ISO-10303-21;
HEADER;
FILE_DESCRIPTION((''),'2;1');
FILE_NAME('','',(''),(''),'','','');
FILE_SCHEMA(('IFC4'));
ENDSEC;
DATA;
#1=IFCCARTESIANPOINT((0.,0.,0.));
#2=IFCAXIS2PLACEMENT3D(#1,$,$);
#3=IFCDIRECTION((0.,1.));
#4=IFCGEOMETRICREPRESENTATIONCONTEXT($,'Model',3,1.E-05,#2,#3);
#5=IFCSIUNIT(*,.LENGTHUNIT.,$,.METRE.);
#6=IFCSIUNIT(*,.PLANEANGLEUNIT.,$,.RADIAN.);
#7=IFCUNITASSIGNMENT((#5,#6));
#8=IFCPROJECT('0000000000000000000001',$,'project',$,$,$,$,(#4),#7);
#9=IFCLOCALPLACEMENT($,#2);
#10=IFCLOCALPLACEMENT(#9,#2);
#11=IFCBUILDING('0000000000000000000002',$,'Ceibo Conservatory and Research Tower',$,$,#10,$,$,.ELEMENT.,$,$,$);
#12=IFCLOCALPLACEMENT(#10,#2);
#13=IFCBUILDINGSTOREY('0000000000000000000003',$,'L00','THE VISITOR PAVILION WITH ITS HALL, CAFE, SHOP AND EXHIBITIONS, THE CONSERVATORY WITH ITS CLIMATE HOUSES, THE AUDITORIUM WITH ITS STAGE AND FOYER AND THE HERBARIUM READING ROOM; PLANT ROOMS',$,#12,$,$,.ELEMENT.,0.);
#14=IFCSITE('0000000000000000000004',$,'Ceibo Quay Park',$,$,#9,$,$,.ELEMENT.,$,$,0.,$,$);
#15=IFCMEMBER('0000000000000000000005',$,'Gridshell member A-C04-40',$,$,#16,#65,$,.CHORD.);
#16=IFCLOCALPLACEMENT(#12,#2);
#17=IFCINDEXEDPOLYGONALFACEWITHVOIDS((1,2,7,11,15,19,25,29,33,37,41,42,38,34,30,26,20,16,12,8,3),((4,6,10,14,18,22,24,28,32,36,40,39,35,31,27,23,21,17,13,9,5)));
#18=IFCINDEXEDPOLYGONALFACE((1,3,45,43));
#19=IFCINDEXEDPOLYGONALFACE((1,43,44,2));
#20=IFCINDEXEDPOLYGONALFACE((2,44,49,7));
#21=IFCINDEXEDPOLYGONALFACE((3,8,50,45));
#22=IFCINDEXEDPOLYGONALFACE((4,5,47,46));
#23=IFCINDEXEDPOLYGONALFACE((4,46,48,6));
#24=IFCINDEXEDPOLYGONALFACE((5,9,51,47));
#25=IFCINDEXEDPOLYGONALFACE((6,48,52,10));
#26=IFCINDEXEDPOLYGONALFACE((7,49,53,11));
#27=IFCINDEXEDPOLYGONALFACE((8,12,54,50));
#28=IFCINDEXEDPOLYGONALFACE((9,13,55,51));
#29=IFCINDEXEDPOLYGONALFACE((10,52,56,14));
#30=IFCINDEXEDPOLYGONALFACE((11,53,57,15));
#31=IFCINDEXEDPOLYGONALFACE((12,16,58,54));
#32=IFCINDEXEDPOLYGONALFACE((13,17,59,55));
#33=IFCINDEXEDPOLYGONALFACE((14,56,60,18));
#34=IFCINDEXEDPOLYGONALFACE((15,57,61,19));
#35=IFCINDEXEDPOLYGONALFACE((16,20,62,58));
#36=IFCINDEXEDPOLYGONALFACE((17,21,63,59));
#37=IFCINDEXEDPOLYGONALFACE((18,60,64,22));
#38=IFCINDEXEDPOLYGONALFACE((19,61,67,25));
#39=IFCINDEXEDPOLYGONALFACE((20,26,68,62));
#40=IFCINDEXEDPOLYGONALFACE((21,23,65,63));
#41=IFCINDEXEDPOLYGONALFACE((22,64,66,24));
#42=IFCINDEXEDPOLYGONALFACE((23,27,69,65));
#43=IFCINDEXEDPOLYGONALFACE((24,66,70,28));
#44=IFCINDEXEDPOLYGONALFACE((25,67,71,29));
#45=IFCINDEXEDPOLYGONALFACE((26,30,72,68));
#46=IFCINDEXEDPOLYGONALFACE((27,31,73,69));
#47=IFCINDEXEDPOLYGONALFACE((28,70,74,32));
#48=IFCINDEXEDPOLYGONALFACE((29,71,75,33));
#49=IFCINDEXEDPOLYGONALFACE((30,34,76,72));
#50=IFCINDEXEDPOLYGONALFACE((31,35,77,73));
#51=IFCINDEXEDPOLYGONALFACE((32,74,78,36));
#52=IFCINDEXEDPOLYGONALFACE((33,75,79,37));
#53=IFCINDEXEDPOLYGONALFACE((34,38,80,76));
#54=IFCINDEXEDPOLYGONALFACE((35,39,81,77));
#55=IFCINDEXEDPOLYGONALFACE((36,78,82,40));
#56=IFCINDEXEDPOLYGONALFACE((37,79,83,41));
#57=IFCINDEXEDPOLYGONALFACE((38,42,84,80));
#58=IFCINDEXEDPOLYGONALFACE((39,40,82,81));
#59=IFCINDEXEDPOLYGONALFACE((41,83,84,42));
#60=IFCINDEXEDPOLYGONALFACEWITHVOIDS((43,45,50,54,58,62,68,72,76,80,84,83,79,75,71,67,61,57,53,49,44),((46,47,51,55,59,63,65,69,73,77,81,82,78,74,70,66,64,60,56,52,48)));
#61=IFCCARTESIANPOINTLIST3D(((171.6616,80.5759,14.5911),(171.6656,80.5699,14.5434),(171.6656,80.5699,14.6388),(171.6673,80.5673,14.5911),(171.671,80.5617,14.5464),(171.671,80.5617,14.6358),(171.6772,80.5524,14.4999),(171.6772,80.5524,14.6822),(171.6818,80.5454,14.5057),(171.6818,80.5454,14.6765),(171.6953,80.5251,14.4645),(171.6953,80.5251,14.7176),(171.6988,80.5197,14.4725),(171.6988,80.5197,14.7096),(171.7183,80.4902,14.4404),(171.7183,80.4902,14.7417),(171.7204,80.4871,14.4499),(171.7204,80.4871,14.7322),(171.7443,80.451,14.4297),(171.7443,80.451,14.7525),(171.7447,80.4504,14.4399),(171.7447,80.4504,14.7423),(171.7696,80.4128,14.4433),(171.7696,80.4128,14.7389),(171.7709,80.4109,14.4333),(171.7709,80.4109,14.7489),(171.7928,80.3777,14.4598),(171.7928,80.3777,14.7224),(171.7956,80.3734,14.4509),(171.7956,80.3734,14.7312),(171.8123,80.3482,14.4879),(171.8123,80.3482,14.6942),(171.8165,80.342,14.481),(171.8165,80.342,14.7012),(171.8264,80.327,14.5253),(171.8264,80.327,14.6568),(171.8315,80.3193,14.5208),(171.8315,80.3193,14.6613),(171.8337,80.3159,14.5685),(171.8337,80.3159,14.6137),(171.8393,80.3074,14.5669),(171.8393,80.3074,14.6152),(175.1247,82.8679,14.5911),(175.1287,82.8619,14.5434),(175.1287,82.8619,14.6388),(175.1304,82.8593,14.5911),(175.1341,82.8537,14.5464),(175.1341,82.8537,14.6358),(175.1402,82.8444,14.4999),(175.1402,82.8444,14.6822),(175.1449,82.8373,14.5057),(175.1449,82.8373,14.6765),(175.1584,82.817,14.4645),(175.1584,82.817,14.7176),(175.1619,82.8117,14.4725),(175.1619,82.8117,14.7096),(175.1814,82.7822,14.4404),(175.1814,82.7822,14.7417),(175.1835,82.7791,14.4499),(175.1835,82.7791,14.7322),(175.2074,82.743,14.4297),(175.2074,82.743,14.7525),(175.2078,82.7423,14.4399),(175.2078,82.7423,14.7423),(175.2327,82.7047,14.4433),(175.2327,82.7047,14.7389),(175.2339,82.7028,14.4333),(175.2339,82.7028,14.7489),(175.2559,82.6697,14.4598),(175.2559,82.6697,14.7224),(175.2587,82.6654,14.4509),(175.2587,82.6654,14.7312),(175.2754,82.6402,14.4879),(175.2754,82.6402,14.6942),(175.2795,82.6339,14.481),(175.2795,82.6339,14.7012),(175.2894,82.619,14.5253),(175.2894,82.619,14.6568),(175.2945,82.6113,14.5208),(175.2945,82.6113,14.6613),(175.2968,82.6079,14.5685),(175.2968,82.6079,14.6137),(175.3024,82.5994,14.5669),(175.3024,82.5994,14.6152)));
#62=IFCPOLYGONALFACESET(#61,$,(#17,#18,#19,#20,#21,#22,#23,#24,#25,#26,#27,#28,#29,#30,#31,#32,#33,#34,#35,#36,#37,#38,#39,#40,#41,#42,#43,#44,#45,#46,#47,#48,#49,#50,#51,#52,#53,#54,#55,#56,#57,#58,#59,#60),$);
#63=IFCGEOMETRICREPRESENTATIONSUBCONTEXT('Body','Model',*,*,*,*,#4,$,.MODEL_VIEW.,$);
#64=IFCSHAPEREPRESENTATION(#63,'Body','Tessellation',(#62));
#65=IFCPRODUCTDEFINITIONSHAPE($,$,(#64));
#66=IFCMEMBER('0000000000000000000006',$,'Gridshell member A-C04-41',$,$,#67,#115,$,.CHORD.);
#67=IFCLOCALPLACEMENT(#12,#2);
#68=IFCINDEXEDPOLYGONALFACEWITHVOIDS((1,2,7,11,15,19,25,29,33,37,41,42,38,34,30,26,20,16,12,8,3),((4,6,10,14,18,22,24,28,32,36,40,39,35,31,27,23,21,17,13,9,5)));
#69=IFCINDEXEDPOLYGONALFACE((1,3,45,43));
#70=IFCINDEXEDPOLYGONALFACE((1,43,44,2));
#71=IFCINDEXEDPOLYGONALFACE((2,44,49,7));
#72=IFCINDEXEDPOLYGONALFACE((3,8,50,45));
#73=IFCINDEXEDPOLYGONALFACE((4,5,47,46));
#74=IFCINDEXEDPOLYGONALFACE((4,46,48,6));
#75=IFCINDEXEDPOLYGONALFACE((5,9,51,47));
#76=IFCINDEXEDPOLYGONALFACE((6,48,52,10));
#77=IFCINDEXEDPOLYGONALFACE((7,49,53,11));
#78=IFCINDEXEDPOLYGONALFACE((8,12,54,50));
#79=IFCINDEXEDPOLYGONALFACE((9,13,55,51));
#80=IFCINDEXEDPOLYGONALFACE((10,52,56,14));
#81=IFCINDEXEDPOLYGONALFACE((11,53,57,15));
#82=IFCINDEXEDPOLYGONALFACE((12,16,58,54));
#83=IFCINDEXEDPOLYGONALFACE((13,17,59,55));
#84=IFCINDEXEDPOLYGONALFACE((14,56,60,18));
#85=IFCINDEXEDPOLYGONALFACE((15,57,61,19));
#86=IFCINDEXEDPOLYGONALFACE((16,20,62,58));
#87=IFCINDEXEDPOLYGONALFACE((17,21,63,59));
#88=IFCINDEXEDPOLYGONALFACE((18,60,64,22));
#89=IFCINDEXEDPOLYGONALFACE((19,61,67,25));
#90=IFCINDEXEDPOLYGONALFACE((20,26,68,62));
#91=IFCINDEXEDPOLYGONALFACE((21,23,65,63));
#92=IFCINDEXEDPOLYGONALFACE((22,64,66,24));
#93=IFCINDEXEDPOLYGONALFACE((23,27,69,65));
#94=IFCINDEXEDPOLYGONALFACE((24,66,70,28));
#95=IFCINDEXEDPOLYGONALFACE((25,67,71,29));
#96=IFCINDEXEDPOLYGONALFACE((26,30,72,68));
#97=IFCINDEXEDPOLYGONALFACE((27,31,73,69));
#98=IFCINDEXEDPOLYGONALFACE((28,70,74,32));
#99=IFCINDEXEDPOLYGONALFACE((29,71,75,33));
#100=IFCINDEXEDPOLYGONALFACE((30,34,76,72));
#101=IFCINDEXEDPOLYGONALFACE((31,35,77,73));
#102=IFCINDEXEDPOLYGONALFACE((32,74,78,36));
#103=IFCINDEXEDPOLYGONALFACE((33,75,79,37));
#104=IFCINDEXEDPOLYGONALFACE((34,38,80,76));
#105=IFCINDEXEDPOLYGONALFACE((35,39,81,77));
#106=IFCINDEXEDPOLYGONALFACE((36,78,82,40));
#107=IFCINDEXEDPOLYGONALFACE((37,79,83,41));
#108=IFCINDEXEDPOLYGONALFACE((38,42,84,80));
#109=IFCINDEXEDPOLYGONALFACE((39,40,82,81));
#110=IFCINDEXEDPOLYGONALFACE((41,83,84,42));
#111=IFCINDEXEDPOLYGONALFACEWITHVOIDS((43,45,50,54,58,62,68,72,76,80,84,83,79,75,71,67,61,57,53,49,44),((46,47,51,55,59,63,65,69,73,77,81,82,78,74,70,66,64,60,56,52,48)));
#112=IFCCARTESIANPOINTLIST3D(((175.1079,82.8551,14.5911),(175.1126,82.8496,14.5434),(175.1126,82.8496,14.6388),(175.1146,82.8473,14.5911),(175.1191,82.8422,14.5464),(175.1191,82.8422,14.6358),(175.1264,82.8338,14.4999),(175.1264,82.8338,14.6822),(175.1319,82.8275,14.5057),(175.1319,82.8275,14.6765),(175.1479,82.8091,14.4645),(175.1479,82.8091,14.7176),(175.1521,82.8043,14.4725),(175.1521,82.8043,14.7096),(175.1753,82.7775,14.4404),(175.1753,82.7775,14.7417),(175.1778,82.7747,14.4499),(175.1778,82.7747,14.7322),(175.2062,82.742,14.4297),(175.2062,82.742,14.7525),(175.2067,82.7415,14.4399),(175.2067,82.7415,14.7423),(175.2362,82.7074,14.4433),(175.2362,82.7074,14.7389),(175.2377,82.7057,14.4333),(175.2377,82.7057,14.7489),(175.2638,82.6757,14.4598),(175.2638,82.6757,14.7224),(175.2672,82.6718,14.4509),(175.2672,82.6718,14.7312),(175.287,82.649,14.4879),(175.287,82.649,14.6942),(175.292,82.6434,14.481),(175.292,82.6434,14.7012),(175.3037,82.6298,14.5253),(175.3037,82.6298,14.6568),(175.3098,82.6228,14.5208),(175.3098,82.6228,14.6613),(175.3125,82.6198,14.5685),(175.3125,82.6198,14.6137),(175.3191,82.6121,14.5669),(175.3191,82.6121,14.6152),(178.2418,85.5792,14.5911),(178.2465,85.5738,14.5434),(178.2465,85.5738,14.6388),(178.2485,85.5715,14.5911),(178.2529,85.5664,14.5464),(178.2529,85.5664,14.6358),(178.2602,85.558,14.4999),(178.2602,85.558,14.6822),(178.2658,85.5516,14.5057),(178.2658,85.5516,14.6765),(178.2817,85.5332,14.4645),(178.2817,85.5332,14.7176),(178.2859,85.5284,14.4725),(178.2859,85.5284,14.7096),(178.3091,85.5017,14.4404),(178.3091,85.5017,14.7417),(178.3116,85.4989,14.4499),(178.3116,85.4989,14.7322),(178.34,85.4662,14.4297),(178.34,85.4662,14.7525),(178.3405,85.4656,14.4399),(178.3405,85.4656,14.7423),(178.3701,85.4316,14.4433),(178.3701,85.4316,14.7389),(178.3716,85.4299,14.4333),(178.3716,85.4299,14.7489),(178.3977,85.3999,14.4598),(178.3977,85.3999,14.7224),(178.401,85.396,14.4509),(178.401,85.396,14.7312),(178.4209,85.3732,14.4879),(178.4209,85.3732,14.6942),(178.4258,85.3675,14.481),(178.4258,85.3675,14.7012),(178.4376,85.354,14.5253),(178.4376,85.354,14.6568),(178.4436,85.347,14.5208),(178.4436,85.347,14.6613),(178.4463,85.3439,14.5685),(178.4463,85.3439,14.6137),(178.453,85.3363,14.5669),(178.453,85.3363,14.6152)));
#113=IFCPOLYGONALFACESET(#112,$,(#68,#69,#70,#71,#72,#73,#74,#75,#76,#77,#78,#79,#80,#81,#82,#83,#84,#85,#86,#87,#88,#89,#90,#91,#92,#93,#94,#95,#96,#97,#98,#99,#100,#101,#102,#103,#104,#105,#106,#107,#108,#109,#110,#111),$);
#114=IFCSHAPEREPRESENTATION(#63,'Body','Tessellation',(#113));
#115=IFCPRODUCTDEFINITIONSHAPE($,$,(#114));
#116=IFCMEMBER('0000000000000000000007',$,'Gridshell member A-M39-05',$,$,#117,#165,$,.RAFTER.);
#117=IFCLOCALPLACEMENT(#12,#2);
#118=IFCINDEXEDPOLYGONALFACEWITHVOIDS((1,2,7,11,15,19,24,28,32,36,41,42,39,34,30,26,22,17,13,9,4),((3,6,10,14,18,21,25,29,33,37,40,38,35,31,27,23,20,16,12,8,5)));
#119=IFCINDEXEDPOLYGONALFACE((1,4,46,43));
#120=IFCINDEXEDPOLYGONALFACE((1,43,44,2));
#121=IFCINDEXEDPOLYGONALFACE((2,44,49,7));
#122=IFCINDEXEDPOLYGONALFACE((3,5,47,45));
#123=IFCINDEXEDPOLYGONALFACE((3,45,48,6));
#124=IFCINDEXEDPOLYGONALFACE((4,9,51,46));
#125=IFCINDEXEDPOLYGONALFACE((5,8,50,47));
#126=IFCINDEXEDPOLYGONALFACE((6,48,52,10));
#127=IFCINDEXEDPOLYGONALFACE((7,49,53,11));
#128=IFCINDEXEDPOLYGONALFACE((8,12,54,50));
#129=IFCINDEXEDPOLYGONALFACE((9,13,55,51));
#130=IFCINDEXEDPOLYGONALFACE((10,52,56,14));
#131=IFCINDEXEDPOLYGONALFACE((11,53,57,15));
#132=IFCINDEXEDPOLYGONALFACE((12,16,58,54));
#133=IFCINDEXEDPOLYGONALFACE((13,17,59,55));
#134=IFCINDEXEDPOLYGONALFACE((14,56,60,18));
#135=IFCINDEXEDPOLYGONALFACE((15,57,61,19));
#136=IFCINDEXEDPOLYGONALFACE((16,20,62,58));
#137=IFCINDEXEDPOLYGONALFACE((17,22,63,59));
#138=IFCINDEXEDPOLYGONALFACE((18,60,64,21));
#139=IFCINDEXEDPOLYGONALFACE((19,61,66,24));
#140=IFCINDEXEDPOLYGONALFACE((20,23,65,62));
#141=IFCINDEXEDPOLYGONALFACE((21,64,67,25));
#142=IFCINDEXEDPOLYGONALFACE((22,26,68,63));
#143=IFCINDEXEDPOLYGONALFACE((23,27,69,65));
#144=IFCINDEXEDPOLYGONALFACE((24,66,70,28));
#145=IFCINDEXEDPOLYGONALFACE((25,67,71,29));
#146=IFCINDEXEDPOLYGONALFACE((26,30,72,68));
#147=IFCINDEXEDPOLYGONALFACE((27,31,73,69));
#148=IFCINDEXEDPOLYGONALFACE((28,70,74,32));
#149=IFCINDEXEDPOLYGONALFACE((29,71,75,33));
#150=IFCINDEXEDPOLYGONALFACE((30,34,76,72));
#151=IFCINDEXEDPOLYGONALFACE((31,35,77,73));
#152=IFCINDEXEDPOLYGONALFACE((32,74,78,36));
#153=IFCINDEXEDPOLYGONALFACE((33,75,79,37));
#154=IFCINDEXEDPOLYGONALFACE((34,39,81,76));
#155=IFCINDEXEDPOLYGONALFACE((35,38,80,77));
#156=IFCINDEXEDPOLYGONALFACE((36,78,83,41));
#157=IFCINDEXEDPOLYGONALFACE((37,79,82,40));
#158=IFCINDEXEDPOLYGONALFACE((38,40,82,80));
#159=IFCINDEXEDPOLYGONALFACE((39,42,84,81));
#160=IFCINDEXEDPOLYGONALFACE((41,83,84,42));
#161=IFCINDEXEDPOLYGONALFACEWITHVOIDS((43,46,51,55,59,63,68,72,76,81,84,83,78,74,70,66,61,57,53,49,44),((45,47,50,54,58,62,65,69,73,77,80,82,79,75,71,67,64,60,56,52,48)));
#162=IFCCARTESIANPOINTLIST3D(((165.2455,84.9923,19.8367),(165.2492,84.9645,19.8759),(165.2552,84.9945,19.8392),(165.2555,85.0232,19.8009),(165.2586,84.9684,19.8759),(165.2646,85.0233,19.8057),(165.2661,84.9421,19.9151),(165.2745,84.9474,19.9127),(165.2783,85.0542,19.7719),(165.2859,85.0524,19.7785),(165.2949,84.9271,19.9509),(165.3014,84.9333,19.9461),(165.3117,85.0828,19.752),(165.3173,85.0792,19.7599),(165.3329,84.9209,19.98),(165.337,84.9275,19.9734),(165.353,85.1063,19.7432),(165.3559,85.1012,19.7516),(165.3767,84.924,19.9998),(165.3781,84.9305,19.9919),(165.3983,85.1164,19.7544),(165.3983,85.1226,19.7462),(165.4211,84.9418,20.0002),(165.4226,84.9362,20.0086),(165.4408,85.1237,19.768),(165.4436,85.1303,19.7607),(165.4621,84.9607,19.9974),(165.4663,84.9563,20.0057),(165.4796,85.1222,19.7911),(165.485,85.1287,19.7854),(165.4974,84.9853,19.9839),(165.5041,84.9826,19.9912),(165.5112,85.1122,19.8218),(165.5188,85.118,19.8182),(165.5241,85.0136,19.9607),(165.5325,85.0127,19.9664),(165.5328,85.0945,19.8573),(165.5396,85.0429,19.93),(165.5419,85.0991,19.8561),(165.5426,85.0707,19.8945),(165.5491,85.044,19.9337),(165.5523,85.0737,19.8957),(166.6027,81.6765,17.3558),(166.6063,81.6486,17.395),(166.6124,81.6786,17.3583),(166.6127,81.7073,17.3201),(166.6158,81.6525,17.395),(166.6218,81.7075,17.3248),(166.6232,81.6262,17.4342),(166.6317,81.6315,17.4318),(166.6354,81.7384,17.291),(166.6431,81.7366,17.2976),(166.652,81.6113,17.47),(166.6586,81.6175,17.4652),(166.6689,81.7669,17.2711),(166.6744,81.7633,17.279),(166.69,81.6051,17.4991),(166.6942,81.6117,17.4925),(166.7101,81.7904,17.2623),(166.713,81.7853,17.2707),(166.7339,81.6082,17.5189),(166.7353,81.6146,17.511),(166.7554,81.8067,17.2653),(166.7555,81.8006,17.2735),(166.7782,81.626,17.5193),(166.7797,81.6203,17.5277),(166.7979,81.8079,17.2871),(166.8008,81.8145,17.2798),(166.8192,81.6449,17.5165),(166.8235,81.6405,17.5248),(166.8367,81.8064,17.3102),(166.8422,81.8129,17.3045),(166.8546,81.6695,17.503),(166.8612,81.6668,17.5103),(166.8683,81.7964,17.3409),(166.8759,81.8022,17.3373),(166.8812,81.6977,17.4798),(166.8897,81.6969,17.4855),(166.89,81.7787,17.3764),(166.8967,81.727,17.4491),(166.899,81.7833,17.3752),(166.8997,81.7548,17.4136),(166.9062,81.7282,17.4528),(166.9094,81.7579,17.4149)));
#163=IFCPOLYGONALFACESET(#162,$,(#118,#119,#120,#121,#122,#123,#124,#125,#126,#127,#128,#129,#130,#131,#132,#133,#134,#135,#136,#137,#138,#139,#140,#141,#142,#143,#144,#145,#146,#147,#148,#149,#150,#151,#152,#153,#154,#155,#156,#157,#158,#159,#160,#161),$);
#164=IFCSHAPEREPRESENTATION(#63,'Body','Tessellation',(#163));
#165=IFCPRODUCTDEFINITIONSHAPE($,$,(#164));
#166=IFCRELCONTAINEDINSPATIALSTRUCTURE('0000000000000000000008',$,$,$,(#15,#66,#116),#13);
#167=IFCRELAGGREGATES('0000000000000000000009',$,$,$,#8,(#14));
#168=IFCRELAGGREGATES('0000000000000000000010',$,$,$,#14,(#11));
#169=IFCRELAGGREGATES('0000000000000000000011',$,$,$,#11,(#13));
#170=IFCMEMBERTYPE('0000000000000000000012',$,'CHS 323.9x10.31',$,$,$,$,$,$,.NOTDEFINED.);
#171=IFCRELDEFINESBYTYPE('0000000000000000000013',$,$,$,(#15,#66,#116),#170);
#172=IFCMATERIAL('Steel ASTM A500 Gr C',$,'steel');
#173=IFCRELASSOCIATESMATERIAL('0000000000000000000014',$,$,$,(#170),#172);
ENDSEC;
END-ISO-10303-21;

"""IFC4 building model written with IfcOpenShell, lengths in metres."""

from ifc_helpers import new_model, si_unit, direction, frame, origin, origin_2d, place, context, subcontext, project, spatial, hollow_circle, extrude, material, material_profile, profile_set, type_object, element, save


model = new_model("IFC4")

# Units and contexts
model_context = context("Model", 3, precision=1e-05, world=origin(), true_north=direction((0.0, 1.0)))
body_context = subcontext(model_context, "Body", "Model", "MODEL_VIEW")
ifc_project = project(units=[si_unit("LENGTHUNIT", "METRE"), si_unit("PLANEANGLEUNIT", "RADIAN")], contexts=[model_context])

# Site, building, storey
site_placement = place(None, origin())
site = spatial("IfcSite", under=ifc_project, at=site_placement, Name="Ceibo Quay Park", CompositionType="ELEMENT", RefElevation=0.0)
building_placement = place(site_placement, origin())
building = spatial("IfcBuilding", under=site, at=building_placement, Name="Ceibo Conservatory and Research Tower", CompositionType="ELEMENT")
storey_placement = place(building_placement, origin())
storey = spatial("IfcBuildingStorey", under=building, at=storey_placement, Name="L00", Description="THE VISITOR PAVILION WITH ITS HALL, CAFE, SHOP AND EXHIBITIONS, THE CONSERVATORY WITH ITS CLIMATE HOUSES, THE AUDITORIUM WITH ITS STAGE AND FOYER AND THE HERBARIUM READING ROOM; PLANT ROOMS", CompositionType="ELEMENT", Elevation=0.0)

# Members
ifc_material_1 = material(Name="Steel ASTM A500 Gr C", Category="steel")
ifc_material_profile_1 = material_profile(ifc_material_1, hollow_circle(Radius=0.1619, WallThickness=0.0103, at=origin_2d()), Name="CHS 323.9x10.31")
ifc_profile_set_1 = profile_set([ifc_material_profile_1], Name="Steel ASTM A500 Gr C")
member_type_1 = type_object("IfcMemberType", Name="CHS 323.9x10.31", PredefinedType="NOTDEFINED", material=ifc_profile_set_1)
member_1_placement = place(storey_placement, frame((171.751, 80.4409, 14.5911), z_axis=(0.833909, 0.551902, 0.0), x_axis=(-0.551902, 0.833909, 0.0)))
element("IfcMember", 1, at=member_1_placement, inside=storey, type_object=member_type_1, Name="Gridshell member A-C04-40", PredefinedType="CHORD", context=body_context, shape_type="SweptSolid", body=[
    extrude(hollow_circle(Radius=0.1619, WallThickness=0.0103, at=origin_2d()), origin(), (0.0, 0.0, 1.0), 4.1528),
])
member_2_placement = place(storey_placement, frame((175.2141, 82.7329, 14.5911), z_axis=(0.754714, 0.656054, 0.0), x_axis=(-0.656054, 0.754714, 0.0)))
element("IfcMember", 2, at=member_2_placement, inside=storey, type_object=member_type_1, Name="Gridshell member A-C04-41", PredefinedType="CHORD", context=body_context, shape_type="SweptSolid", body=[
    extrude(hollow_circle(Radius=0.1619, WallThickness=0.0103, at=origin_2d()), origin(), (0.0, 0.0, 1.0), 4.1523),
])
member_3_placement = place(storey_placement, frame((166.7561, 81.71, 17.395), z_axis=(-0.31142, 0.760876, 0.569285), x_axis=(-0.925482, -0.378792, 0.0)))
element("IfcMember", 3, at=member_3_placement, inside=storey, type_object=member_type_1, Name="Gridshell member A-M39-05", PredefinedType="RAFTER", context=body_context, shape_type="SweptSolid", body=[
    extrude(hollow_circle(Radius=0.1619, WallThickness=0.0103, at=origin_2d()), origin(), (0.0, 0.0, 1.0), 4.3579),
])

save(model, "model.ifc")
